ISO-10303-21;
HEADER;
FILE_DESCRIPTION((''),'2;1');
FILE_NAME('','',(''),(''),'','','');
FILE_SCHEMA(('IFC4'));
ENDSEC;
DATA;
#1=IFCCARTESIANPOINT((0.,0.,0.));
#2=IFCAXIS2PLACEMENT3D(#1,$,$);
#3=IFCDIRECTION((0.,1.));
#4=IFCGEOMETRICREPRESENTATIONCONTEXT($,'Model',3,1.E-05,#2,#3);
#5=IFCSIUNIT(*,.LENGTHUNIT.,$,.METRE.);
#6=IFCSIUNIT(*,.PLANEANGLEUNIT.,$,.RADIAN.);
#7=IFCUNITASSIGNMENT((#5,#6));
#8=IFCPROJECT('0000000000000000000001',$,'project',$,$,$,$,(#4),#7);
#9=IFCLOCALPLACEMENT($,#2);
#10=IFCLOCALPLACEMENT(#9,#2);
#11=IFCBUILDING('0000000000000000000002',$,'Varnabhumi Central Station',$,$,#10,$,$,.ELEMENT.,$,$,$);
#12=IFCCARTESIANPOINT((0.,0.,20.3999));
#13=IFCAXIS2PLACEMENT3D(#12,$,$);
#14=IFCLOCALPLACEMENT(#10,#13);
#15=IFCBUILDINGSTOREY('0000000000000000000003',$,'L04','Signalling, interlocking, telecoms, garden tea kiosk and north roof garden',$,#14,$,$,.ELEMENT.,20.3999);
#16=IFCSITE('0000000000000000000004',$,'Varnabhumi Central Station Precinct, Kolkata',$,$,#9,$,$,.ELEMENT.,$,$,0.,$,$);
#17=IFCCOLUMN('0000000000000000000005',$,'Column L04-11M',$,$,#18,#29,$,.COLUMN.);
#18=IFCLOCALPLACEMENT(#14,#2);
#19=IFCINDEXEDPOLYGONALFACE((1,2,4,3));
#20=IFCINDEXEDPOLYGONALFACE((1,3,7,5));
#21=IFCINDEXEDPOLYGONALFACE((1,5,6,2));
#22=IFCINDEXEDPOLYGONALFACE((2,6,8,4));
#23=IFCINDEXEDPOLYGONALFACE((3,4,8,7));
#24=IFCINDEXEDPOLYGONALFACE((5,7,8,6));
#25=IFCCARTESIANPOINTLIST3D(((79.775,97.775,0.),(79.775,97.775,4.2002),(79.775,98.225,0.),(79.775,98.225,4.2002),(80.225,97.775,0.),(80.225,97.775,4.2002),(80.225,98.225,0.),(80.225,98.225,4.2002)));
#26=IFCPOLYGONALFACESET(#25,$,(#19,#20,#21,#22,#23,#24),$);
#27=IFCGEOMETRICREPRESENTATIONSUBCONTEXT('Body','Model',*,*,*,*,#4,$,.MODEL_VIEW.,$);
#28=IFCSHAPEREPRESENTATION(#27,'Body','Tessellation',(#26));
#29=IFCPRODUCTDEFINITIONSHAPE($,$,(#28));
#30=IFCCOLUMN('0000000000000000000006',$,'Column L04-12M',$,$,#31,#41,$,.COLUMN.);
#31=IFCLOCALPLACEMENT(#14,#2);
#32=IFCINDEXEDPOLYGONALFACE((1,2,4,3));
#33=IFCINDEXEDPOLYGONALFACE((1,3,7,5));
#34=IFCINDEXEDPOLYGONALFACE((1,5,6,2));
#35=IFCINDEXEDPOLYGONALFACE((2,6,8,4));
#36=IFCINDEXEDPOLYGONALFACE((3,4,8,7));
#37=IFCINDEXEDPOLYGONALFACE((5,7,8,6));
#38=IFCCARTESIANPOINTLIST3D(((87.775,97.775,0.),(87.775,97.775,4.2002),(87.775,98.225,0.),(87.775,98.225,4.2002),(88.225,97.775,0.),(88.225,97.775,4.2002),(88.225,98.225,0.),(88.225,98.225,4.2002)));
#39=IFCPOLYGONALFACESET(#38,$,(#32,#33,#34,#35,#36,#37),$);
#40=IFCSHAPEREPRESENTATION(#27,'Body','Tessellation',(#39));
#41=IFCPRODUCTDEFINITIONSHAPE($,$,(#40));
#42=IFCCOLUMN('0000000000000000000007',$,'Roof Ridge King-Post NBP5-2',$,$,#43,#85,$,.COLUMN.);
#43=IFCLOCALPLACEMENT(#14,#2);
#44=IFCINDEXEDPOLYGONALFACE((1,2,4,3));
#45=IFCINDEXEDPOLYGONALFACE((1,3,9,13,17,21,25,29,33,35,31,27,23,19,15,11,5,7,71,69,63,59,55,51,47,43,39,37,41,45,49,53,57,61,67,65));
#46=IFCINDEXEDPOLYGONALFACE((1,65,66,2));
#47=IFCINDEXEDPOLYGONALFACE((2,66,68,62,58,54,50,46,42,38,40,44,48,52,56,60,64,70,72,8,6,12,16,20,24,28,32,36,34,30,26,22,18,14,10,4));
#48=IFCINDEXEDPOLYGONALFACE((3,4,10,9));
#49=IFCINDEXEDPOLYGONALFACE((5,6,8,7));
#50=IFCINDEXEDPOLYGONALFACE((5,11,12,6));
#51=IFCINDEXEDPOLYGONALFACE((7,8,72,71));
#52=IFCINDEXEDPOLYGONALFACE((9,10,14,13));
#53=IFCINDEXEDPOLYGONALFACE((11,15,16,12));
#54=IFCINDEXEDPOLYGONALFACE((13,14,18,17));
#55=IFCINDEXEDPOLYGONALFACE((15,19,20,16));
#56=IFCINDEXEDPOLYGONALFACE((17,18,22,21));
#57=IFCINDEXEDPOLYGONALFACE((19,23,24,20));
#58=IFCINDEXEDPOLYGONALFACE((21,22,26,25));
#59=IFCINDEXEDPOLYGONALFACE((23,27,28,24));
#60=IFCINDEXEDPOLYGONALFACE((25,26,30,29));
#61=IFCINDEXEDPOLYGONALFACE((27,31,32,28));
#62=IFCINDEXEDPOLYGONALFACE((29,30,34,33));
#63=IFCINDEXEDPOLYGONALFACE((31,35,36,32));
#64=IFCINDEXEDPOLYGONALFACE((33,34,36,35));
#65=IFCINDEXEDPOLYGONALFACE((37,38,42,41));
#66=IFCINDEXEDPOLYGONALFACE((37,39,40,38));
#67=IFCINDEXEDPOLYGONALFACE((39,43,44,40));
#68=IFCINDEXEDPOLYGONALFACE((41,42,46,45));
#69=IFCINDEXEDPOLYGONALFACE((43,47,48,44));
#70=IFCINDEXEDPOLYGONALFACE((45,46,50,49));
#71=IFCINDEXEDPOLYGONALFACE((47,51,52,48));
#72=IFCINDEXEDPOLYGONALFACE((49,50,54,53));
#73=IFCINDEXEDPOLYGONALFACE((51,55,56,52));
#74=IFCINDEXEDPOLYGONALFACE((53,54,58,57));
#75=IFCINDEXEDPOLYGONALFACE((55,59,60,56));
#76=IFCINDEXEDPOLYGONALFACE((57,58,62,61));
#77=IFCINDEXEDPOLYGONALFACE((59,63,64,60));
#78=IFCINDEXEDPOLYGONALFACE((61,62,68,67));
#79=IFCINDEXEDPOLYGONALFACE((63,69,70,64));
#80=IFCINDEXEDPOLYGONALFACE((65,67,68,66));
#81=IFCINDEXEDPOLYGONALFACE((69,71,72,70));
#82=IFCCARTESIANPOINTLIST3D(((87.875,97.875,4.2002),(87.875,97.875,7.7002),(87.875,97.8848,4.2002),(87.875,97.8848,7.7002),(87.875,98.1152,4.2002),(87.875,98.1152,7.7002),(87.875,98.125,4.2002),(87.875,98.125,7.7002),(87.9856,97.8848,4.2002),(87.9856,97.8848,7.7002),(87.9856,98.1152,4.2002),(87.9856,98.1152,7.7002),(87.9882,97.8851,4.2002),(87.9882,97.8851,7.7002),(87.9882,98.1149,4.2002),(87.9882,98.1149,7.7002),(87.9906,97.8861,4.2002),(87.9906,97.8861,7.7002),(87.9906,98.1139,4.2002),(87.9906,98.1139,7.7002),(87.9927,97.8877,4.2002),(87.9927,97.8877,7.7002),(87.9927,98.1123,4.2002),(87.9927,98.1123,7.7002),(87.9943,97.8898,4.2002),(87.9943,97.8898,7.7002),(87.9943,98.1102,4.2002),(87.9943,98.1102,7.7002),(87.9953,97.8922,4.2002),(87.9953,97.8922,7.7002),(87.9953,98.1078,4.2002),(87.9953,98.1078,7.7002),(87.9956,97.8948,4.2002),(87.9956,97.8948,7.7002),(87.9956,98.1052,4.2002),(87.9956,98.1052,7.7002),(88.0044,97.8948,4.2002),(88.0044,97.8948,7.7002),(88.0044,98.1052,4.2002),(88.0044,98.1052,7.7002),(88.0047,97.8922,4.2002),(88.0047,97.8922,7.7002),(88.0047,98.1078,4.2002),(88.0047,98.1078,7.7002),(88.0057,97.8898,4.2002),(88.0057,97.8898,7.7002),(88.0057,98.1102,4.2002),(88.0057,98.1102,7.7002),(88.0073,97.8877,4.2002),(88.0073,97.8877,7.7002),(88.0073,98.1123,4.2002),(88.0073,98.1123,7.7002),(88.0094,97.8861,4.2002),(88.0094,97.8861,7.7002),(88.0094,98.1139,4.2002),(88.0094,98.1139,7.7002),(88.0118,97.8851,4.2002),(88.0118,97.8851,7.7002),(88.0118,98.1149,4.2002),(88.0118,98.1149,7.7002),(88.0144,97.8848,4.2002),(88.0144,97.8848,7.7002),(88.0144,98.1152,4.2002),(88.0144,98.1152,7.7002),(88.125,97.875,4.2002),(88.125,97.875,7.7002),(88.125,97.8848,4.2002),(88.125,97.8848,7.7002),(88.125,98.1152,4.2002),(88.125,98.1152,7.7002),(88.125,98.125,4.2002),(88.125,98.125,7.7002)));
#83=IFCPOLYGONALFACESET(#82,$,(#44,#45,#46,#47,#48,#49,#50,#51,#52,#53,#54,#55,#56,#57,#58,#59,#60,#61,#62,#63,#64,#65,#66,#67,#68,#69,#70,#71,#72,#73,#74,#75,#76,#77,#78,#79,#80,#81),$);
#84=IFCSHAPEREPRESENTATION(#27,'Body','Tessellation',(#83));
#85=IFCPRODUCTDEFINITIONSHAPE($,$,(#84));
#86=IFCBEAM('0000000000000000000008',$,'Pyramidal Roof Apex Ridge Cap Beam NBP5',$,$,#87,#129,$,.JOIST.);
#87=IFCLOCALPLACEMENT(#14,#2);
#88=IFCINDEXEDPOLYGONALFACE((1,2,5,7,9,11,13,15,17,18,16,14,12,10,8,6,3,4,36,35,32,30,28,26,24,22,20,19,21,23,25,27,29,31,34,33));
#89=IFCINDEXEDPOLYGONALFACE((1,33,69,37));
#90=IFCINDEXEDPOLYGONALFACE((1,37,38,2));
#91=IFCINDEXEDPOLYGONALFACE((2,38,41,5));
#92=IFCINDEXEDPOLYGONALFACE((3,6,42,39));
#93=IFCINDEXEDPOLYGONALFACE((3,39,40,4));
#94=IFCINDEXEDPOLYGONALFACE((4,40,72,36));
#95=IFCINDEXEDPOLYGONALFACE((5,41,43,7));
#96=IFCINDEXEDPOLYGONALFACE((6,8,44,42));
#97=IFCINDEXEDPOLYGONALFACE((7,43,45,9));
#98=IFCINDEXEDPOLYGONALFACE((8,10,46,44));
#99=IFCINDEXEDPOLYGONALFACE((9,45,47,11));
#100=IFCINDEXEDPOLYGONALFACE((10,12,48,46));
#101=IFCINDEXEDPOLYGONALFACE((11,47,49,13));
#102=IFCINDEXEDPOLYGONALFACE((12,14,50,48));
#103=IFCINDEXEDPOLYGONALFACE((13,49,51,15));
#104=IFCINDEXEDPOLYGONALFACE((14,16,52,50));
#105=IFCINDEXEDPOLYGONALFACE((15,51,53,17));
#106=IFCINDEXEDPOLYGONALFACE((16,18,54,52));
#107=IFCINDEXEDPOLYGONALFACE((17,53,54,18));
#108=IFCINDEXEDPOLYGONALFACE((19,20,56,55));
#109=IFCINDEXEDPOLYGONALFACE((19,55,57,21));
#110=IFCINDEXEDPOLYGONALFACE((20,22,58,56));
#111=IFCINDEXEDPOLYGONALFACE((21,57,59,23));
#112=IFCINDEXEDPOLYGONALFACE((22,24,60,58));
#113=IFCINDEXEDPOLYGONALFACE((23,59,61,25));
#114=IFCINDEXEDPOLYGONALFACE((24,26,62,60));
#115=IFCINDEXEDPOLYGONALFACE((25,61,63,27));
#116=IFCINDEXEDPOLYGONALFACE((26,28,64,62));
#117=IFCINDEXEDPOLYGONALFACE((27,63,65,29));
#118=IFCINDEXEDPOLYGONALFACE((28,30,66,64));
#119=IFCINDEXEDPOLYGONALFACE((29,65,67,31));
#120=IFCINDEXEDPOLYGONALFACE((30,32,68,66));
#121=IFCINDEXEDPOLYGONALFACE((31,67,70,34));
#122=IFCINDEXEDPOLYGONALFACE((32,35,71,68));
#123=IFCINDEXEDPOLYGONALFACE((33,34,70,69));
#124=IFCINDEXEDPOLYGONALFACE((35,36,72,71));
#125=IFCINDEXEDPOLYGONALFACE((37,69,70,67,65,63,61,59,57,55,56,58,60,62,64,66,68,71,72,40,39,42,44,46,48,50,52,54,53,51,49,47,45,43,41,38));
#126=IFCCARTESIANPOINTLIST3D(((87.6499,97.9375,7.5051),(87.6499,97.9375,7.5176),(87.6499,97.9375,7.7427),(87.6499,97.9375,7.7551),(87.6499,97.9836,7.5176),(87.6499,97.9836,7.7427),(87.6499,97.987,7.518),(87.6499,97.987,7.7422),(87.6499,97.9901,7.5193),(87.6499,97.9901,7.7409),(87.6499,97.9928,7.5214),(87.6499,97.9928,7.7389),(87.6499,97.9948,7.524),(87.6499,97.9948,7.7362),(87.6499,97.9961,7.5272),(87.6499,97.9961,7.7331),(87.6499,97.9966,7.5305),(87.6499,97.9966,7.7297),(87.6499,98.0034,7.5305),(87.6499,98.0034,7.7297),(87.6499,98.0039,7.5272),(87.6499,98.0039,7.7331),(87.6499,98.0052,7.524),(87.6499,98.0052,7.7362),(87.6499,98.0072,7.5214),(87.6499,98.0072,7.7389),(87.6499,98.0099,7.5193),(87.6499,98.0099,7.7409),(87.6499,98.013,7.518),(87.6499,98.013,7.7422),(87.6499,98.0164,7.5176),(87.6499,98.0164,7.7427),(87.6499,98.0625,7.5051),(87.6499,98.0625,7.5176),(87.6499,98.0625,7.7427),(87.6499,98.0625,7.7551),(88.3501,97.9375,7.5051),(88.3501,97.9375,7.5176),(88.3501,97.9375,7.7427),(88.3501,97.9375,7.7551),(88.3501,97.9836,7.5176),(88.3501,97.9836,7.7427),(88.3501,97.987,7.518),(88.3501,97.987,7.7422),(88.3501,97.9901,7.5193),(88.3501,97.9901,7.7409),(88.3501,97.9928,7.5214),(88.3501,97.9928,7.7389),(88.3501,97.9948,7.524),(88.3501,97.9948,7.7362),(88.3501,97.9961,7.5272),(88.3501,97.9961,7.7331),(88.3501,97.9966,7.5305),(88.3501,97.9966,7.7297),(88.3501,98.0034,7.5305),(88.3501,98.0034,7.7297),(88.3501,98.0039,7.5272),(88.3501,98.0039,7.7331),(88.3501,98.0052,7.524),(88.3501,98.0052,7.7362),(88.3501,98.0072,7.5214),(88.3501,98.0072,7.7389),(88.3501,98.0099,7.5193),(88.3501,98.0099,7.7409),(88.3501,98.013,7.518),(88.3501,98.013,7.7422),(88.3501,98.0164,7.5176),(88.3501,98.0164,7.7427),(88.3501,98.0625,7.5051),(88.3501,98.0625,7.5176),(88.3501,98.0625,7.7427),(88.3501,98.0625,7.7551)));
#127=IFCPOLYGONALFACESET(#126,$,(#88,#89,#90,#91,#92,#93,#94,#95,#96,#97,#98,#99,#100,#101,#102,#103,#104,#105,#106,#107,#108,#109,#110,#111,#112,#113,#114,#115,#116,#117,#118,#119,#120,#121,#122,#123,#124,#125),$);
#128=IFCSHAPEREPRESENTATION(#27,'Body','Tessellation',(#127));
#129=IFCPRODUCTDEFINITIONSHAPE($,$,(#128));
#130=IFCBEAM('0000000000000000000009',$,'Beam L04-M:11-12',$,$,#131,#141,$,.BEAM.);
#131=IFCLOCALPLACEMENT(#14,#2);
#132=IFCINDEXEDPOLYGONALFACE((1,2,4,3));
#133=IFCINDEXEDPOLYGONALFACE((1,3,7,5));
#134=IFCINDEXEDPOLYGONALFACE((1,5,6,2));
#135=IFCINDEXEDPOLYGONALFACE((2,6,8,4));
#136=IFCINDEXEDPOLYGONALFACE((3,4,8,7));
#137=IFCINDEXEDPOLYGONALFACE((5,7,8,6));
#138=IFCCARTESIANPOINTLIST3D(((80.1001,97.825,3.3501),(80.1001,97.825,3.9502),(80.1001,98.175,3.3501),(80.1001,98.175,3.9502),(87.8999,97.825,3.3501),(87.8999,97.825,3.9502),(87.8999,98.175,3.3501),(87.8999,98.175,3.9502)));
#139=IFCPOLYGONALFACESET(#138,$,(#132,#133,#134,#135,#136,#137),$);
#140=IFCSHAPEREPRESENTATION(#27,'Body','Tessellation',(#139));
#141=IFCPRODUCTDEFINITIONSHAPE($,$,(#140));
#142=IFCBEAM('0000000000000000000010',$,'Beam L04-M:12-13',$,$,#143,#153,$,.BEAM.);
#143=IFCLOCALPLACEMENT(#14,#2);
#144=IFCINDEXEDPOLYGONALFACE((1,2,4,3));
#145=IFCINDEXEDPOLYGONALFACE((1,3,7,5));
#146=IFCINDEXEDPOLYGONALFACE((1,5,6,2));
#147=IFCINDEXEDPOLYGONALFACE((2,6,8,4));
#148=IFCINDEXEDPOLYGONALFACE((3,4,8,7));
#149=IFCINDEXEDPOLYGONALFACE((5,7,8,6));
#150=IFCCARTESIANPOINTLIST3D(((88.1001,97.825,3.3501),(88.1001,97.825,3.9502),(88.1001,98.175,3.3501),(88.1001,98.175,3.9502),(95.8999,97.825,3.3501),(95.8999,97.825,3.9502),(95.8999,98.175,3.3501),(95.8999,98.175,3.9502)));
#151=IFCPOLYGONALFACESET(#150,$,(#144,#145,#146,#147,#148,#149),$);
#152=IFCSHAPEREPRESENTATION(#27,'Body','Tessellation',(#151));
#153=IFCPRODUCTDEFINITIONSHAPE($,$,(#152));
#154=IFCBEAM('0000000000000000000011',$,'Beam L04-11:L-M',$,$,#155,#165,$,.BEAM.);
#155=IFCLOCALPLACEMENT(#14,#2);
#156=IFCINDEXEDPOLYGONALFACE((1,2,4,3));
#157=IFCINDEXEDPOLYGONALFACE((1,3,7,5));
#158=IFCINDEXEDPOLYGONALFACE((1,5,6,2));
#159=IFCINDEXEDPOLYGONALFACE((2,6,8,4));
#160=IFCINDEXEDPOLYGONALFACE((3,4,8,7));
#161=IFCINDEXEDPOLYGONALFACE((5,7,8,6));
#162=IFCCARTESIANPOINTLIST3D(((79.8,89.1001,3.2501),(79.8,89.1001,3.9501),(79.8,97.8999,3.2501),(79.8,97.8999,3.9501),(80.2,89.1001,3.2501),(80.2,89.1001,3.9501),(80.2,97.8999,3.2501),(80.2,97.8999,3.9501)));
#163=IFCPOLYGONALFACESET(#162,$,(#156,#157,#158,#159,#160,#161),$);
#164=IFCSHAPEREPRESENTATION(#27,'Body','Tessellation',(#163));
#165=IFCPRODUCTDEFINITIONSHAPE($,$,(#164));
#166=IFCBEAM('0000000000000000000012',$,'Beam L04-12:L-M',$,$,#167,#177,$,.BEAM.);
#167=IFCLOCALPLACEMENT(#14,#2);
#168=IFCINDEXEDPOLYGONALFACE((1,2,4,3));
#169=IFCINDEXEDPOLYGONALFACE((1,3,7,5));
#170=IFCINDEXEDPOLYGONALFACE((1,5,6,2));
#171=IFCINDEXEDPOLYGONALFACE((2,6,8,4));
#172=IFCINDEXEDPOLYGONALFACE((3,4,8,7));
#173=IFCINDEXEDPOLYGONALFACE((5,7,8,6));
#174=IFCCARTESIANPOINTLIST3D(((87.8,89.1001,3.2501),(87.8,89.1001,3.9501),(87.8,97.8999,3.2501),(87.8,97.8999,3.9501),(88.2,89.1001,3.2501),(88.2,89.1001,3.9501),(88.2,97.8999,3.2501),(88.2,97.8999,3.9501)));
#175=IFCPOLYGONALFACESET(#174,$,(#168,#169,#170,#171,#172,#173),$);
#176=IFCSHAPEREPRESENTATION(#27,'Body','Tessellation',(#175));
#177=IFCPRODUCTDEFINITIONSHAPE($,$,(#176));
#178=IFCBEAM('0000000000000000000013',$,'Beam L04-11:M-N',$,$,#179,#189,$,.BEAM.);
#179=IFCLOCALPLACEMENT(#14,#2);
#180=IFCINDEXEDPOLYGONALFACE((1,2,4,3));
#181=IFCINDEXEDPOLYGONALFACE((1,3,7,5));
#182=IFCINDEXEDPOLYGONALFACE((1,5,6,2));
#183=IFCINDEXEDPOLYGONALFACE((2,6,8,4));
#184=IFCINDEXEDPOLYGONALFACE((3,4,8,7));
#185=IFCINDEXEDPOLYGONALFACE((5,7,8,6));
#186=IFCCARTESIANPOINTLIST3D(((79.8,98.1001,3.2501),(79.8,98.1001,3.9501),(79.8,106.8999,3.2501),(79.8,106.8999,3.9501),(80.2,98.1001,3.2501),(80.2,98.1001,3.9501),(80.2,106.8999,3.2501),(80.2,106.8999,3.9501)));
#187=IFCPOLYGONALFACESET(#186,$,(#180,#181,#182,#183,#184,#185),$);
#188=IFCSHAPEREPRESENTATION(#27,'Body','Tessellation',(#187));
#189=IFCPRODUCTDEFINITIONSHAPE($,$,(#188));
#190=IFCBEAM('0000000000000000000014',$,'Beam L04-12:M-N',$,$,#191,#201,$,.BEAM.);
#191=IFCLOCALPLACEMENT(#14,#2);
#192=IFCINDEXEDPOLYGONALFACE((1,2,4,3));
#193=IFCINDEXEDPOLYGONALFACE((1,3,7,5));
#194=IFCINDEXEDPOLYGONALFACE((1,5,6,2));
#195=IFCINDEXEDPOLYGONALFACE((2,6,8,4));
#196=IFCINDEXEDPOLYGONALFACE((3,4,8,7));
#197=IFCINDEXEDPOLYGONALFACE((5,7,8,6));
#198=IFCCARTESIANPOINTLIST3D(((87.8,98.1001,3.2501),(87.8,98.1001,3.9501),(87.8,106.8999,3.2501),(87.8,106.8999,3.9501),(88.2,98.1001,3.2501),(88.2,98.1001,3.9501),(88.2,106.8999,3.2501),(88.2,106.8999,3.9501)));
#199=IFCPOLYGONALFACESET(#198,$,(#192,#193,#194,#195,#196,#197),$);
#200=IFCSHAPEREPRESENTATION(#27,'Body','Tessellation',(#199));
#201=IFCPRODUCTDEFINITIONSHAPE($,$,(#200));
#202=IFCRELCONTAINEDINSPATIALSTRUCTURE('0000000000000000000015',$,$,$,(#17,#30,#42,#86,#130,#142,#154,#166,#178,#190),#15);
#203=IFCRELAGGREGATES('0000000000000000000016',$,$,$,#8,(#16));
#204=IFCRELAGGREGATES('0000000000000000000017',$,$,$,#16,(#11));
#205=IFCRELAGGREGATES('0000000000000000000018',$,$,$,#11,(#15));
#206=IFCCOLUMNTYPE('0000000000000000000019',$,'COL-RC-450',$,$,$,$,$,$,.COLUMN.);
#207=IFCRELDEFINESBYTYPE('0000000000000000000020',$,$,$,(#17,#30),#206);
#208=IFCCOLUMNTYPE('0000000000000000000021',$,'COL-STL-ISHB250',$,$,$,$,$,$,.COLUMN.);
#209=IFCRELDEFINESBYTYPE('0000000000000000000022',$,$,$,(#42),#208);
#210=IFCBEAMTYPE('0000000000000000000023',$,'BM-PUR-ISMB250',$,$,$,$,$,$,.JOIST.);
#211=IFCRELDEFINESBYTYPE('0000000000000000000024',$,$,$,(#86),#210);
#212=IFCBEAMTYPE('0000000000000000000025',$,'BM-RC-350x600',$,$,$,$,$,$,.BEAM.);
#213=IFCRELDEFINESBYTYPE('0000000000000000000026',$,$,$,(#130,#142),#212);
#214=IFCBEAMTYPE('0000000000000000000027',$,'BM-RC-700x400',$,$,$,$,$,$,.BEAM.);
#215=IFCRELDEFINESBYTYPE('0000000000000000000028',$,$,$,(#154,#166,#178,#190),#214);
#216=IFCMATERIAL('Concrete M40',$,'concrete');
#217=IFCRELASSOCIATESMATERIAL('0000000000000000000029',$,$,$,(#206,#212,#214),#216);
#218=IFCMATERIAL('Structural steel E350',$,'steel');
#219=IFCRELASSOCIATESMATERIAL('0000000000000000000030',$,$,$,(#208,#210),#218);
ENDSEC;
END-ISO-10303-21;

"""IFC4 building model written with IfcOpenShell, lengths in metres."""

from ifc_helpers import new_model, si_unit, direction, frame, origin, origin_2d, place, context, subcontext, project, spatial, rectangle, i_section, extrude, material, material_profile, profile_set, type_object, element, save


model = new_model("IFC4")

# Units and contexts
model_context = context("Model", 3, precision=1e-05, world=origin(), true_north=direction((0.0, 1.0)))
body_context = subcontext(model_context, "Body", "Model", "MODEL_VIEW")
ifc_project = project(units=[si_unit("LENGTHUNIT", "METRE"), si_unit("PLANEANGLEUNIT", "RADIAN")], contexts=[model_context])

# Site, building, storey
site_placement = place(None, origin())
site = spatial("IfcSite", under=ifc_project, at=site_placement, Name="Varnabhumi Central Station Precinct, Kolkata", CompositionType="ELEMENT", RefElevation=0.0)
building_placement = place(site_placement, origin())
building = spatial("IfcBuilding", under=site, at=building_placement, Name="Varnabhumi Central Station", CompositionType="ELEMENT")
storey_placement = place(building_placement, frame((0.0, 0.0, 20.3999)))
storey = spatial("IfcBuildingStorey", under=building, at=storey_placement, Name="L04", Description="Signalling, interlocking, telecoms, garden tea kiosk and north roof garden", CompositionType="ELEMENT", Elevation=20.3999)

# Columns
ifc_material_1 = material(Name="Concrete M40", Category="concrete")
ifc_material_profile_1 = material_profile(ifc_material_1, rectangle(XDim=0.45, YDim=0.45, at=origin_2d()), Name="Concrete M40", Category="concrete")
ifc_profile_set_1 = profile_set([ifc_material_profile_1], Name="Concrete M40")
column_type_1 = type_object("IfcColumnType", Name="COL-RC-450", PredefinedType="COLUMN", material=ifc_profile_set_1)
for number, where, z_axis, x_axis, name in (
    (1, (80.0, 98.0, 0.0), (0.0, 0.0, 1.0), (1.0, 0.0, 0.0), "Column L04-11M"),
    (2, (88.0, 98.0, 0.0), (0.0, 0.0, 1.0), (1.0, 0.0, 0.0), "Column L04-12M"),
):
    element("IfcColumn", number, at=place(storey_placement, frame(where, z_axis=z_axis, x_axis=x_axis)), inside=storey, type_object=column_type_1, Name=name, PredefinedType="COLUMN", context=body_context, shape_type="SweptSolid", body=[
        extrude(rectangle(XDim=0.45, YDim=0.45, at=origin_2d()), origin(), (0.0, 0.0, 1.0), 4.2002),
    ])
ifc_material_2 = material(Name="Structural steel E350", Category="steel")
ifc_material_profile_2 = material_profile(ifc_material_2, i_section(OverallWidth=0.25, OverallDepth=0.25, WebThickness=0.0088, FlangeThickness=0.0098, FilletRadius=0.01, at=origin_2d()), Name="Structural steel E350", Category="steel")
ifc_profile_set_2 = profile_set([ifc_material_profile_2], Name="Structural steel E350")
column_type_2 = type_object("IfcColumnType", Name="COL-STL-ISHB250", PredefinedType="COLUMN", material=ifc_profile_set_2)
column_placement = place(storey_placement, frame((88.0, 98.0, 4.2002), z_axis=(0.0, 0.0, 1.0), x_axis=(1.0, 0.0, 0.0)))
element("IfcColumn", 3, at=column_placement, inside=storey, type_object=column_type_2, Name="Roof Ridge King-Post NBP5-2", PredefinedType="COLUMN", context=body_context, shape_type="SweptSolid", body=[
    extrude(i_section(OverallWidth=0.25, OverallDepth=0.25, WebThickness=0.0088, FlangeThickness=0.0098, FilletRadius=0.01, at=origin_2d()), origin(), (0.0, 0.0, 1.0), 3.5),
])

# Beams
ifc_material_profile_3 = material_profile(ifc_material_2, i_section(OverallWidth=0.125, OverallDepth=0.25, WebThickness=0.0068, FlangeThickness=0.0125, FilletRadius=0.0129, at=origin_2d()), Name="Structural steel E350", Category="steel")
ifc_profile_set_3 = profile_set([ifc_material_profile_3], Name="Structural steel E350")
beam_type_1 = type_object("IfcBeamType", Name="BM-PUR-ISMB250", PredefinedType="JOIST", material=ifc_profile_set_3)
beam_placement = place(storey_placement, frame((87.6499, 98.0, 7.6301), z_axis=(1.0, 0.0, 0.0), x_axis=(0.0, 1.0, 0.0)))
element("IfcBeam", 4, at=beam_placement, inside=storey, type_object=beam_type_1, Name="Pyramidal Roof Apex Ridge Cap Beam NBP5", PredefinedType="JOIST", context=body_context, shape_type="SweptSolid", body=[
    extrude(i_section(OverallWidth=0.125, OverallDepth=0.25, WebThickness=0.0068, FlangeThickness=0.0125, FilletRadius=0.0129, at=origin_2d()), origin(), (0.0, 0.0, 1.0), 0.7002),
])
ifc_material_profile_4 = material_profile(ifc_material_1, rectangle(XDim=0.3501, YDim=0.6001, at=origin_2d()), Name="Concrete M40", Category="concrete")
ifc_profile_set_4 = profile_set([ifc_material_profile_4], Name="Concrete M40")
beam_type_2 = type_object("IfcBeamType", Name="BM-RC-350x600", PredefinedType="BEAM", material=ifc_profile_set_4)
for number, where, z_axis, x_axis, name in (
    (5, (80.1001, 98.0, 3.6501), (1.0, 0.0, 0.0), (0.0, 1.0, 0.0), "Beam L04-M:11-12"),
    (6, (88.1001, 98.0, 3.6501), (1.0, 0.0, 0.0), (0.0, 1.0, 0.0), "Beam L04-M:12-13"),
):
    element("IfcBeam", number, at=place(storey_placement, frame(where, z_axis=z_axis, x_axis=x_axis)), inside=storey, type_object=beam_type_2, Name=name, PredefinedType="BEAM", context=body_context, shape_type="SweptSolid", body=[
        extrude(rectangle(XDim=0.3501, YDim=0.6001, at=origin_2d()), origin(), (0.0, 0.0, 1.0), 7.7998),
    ])
ifc_material_profile_5 = material_profile(ifc_material_1, rectangle(XDim=0.3999, YDim=0.7, at=origin_2d()), Name="Concrete M40", Category="concrete")
ifc_profile_set_5 = profile_set([ifc_material_profile_5], Name="Concrete M40")
beam_type_3 = type_object("IfcBeamType", Name="BM-RC-700x400", PredefinedType="BEAM", material=ifc_profile_set_5)
for number, where, z_axis, x_axis, name in (
    (7, (80.0, 89.1001, 3.6001), (0.0, 1.0, 0.0), (-1.0, 0.0, 0.0), "Beam L04-11:L-M"),
    (8, (88.0, 89.1001, 3.6001), (0.0, 1.0, 0.0), (-1.0, 0.0, 0.0), "Beam L04-12:L-M"),
    (9, (80.0, 98.1001, 3.6001), (0.0, 1.0, 0.0), (-1.0, 0.0, 0.0), "Beam L04-11:M-N"),
    (10, (88.0, 98.1001, 3.6001), (0.0, 1.0, 0.0), (-1.0, 0.0, 0.0), "Beam L04-12:M-N"),
):
    element("IfcBeam", number, at=place(storey_placement, frame(where, z_axis=z_axis, x_axis=x_axis)), inside=storey, type_object=beam_type_3, Name=name, PredefinedType="BEAM", context=body_context, shape_type="SweptSolid", body=[
        extrude(rectangle(XDim=0.3999, YDim=0.7, at=origin_2d()), origin(), (0.0, 0.0, 1.0), 8.7998),
    ])

save(model, "model.ifc")
